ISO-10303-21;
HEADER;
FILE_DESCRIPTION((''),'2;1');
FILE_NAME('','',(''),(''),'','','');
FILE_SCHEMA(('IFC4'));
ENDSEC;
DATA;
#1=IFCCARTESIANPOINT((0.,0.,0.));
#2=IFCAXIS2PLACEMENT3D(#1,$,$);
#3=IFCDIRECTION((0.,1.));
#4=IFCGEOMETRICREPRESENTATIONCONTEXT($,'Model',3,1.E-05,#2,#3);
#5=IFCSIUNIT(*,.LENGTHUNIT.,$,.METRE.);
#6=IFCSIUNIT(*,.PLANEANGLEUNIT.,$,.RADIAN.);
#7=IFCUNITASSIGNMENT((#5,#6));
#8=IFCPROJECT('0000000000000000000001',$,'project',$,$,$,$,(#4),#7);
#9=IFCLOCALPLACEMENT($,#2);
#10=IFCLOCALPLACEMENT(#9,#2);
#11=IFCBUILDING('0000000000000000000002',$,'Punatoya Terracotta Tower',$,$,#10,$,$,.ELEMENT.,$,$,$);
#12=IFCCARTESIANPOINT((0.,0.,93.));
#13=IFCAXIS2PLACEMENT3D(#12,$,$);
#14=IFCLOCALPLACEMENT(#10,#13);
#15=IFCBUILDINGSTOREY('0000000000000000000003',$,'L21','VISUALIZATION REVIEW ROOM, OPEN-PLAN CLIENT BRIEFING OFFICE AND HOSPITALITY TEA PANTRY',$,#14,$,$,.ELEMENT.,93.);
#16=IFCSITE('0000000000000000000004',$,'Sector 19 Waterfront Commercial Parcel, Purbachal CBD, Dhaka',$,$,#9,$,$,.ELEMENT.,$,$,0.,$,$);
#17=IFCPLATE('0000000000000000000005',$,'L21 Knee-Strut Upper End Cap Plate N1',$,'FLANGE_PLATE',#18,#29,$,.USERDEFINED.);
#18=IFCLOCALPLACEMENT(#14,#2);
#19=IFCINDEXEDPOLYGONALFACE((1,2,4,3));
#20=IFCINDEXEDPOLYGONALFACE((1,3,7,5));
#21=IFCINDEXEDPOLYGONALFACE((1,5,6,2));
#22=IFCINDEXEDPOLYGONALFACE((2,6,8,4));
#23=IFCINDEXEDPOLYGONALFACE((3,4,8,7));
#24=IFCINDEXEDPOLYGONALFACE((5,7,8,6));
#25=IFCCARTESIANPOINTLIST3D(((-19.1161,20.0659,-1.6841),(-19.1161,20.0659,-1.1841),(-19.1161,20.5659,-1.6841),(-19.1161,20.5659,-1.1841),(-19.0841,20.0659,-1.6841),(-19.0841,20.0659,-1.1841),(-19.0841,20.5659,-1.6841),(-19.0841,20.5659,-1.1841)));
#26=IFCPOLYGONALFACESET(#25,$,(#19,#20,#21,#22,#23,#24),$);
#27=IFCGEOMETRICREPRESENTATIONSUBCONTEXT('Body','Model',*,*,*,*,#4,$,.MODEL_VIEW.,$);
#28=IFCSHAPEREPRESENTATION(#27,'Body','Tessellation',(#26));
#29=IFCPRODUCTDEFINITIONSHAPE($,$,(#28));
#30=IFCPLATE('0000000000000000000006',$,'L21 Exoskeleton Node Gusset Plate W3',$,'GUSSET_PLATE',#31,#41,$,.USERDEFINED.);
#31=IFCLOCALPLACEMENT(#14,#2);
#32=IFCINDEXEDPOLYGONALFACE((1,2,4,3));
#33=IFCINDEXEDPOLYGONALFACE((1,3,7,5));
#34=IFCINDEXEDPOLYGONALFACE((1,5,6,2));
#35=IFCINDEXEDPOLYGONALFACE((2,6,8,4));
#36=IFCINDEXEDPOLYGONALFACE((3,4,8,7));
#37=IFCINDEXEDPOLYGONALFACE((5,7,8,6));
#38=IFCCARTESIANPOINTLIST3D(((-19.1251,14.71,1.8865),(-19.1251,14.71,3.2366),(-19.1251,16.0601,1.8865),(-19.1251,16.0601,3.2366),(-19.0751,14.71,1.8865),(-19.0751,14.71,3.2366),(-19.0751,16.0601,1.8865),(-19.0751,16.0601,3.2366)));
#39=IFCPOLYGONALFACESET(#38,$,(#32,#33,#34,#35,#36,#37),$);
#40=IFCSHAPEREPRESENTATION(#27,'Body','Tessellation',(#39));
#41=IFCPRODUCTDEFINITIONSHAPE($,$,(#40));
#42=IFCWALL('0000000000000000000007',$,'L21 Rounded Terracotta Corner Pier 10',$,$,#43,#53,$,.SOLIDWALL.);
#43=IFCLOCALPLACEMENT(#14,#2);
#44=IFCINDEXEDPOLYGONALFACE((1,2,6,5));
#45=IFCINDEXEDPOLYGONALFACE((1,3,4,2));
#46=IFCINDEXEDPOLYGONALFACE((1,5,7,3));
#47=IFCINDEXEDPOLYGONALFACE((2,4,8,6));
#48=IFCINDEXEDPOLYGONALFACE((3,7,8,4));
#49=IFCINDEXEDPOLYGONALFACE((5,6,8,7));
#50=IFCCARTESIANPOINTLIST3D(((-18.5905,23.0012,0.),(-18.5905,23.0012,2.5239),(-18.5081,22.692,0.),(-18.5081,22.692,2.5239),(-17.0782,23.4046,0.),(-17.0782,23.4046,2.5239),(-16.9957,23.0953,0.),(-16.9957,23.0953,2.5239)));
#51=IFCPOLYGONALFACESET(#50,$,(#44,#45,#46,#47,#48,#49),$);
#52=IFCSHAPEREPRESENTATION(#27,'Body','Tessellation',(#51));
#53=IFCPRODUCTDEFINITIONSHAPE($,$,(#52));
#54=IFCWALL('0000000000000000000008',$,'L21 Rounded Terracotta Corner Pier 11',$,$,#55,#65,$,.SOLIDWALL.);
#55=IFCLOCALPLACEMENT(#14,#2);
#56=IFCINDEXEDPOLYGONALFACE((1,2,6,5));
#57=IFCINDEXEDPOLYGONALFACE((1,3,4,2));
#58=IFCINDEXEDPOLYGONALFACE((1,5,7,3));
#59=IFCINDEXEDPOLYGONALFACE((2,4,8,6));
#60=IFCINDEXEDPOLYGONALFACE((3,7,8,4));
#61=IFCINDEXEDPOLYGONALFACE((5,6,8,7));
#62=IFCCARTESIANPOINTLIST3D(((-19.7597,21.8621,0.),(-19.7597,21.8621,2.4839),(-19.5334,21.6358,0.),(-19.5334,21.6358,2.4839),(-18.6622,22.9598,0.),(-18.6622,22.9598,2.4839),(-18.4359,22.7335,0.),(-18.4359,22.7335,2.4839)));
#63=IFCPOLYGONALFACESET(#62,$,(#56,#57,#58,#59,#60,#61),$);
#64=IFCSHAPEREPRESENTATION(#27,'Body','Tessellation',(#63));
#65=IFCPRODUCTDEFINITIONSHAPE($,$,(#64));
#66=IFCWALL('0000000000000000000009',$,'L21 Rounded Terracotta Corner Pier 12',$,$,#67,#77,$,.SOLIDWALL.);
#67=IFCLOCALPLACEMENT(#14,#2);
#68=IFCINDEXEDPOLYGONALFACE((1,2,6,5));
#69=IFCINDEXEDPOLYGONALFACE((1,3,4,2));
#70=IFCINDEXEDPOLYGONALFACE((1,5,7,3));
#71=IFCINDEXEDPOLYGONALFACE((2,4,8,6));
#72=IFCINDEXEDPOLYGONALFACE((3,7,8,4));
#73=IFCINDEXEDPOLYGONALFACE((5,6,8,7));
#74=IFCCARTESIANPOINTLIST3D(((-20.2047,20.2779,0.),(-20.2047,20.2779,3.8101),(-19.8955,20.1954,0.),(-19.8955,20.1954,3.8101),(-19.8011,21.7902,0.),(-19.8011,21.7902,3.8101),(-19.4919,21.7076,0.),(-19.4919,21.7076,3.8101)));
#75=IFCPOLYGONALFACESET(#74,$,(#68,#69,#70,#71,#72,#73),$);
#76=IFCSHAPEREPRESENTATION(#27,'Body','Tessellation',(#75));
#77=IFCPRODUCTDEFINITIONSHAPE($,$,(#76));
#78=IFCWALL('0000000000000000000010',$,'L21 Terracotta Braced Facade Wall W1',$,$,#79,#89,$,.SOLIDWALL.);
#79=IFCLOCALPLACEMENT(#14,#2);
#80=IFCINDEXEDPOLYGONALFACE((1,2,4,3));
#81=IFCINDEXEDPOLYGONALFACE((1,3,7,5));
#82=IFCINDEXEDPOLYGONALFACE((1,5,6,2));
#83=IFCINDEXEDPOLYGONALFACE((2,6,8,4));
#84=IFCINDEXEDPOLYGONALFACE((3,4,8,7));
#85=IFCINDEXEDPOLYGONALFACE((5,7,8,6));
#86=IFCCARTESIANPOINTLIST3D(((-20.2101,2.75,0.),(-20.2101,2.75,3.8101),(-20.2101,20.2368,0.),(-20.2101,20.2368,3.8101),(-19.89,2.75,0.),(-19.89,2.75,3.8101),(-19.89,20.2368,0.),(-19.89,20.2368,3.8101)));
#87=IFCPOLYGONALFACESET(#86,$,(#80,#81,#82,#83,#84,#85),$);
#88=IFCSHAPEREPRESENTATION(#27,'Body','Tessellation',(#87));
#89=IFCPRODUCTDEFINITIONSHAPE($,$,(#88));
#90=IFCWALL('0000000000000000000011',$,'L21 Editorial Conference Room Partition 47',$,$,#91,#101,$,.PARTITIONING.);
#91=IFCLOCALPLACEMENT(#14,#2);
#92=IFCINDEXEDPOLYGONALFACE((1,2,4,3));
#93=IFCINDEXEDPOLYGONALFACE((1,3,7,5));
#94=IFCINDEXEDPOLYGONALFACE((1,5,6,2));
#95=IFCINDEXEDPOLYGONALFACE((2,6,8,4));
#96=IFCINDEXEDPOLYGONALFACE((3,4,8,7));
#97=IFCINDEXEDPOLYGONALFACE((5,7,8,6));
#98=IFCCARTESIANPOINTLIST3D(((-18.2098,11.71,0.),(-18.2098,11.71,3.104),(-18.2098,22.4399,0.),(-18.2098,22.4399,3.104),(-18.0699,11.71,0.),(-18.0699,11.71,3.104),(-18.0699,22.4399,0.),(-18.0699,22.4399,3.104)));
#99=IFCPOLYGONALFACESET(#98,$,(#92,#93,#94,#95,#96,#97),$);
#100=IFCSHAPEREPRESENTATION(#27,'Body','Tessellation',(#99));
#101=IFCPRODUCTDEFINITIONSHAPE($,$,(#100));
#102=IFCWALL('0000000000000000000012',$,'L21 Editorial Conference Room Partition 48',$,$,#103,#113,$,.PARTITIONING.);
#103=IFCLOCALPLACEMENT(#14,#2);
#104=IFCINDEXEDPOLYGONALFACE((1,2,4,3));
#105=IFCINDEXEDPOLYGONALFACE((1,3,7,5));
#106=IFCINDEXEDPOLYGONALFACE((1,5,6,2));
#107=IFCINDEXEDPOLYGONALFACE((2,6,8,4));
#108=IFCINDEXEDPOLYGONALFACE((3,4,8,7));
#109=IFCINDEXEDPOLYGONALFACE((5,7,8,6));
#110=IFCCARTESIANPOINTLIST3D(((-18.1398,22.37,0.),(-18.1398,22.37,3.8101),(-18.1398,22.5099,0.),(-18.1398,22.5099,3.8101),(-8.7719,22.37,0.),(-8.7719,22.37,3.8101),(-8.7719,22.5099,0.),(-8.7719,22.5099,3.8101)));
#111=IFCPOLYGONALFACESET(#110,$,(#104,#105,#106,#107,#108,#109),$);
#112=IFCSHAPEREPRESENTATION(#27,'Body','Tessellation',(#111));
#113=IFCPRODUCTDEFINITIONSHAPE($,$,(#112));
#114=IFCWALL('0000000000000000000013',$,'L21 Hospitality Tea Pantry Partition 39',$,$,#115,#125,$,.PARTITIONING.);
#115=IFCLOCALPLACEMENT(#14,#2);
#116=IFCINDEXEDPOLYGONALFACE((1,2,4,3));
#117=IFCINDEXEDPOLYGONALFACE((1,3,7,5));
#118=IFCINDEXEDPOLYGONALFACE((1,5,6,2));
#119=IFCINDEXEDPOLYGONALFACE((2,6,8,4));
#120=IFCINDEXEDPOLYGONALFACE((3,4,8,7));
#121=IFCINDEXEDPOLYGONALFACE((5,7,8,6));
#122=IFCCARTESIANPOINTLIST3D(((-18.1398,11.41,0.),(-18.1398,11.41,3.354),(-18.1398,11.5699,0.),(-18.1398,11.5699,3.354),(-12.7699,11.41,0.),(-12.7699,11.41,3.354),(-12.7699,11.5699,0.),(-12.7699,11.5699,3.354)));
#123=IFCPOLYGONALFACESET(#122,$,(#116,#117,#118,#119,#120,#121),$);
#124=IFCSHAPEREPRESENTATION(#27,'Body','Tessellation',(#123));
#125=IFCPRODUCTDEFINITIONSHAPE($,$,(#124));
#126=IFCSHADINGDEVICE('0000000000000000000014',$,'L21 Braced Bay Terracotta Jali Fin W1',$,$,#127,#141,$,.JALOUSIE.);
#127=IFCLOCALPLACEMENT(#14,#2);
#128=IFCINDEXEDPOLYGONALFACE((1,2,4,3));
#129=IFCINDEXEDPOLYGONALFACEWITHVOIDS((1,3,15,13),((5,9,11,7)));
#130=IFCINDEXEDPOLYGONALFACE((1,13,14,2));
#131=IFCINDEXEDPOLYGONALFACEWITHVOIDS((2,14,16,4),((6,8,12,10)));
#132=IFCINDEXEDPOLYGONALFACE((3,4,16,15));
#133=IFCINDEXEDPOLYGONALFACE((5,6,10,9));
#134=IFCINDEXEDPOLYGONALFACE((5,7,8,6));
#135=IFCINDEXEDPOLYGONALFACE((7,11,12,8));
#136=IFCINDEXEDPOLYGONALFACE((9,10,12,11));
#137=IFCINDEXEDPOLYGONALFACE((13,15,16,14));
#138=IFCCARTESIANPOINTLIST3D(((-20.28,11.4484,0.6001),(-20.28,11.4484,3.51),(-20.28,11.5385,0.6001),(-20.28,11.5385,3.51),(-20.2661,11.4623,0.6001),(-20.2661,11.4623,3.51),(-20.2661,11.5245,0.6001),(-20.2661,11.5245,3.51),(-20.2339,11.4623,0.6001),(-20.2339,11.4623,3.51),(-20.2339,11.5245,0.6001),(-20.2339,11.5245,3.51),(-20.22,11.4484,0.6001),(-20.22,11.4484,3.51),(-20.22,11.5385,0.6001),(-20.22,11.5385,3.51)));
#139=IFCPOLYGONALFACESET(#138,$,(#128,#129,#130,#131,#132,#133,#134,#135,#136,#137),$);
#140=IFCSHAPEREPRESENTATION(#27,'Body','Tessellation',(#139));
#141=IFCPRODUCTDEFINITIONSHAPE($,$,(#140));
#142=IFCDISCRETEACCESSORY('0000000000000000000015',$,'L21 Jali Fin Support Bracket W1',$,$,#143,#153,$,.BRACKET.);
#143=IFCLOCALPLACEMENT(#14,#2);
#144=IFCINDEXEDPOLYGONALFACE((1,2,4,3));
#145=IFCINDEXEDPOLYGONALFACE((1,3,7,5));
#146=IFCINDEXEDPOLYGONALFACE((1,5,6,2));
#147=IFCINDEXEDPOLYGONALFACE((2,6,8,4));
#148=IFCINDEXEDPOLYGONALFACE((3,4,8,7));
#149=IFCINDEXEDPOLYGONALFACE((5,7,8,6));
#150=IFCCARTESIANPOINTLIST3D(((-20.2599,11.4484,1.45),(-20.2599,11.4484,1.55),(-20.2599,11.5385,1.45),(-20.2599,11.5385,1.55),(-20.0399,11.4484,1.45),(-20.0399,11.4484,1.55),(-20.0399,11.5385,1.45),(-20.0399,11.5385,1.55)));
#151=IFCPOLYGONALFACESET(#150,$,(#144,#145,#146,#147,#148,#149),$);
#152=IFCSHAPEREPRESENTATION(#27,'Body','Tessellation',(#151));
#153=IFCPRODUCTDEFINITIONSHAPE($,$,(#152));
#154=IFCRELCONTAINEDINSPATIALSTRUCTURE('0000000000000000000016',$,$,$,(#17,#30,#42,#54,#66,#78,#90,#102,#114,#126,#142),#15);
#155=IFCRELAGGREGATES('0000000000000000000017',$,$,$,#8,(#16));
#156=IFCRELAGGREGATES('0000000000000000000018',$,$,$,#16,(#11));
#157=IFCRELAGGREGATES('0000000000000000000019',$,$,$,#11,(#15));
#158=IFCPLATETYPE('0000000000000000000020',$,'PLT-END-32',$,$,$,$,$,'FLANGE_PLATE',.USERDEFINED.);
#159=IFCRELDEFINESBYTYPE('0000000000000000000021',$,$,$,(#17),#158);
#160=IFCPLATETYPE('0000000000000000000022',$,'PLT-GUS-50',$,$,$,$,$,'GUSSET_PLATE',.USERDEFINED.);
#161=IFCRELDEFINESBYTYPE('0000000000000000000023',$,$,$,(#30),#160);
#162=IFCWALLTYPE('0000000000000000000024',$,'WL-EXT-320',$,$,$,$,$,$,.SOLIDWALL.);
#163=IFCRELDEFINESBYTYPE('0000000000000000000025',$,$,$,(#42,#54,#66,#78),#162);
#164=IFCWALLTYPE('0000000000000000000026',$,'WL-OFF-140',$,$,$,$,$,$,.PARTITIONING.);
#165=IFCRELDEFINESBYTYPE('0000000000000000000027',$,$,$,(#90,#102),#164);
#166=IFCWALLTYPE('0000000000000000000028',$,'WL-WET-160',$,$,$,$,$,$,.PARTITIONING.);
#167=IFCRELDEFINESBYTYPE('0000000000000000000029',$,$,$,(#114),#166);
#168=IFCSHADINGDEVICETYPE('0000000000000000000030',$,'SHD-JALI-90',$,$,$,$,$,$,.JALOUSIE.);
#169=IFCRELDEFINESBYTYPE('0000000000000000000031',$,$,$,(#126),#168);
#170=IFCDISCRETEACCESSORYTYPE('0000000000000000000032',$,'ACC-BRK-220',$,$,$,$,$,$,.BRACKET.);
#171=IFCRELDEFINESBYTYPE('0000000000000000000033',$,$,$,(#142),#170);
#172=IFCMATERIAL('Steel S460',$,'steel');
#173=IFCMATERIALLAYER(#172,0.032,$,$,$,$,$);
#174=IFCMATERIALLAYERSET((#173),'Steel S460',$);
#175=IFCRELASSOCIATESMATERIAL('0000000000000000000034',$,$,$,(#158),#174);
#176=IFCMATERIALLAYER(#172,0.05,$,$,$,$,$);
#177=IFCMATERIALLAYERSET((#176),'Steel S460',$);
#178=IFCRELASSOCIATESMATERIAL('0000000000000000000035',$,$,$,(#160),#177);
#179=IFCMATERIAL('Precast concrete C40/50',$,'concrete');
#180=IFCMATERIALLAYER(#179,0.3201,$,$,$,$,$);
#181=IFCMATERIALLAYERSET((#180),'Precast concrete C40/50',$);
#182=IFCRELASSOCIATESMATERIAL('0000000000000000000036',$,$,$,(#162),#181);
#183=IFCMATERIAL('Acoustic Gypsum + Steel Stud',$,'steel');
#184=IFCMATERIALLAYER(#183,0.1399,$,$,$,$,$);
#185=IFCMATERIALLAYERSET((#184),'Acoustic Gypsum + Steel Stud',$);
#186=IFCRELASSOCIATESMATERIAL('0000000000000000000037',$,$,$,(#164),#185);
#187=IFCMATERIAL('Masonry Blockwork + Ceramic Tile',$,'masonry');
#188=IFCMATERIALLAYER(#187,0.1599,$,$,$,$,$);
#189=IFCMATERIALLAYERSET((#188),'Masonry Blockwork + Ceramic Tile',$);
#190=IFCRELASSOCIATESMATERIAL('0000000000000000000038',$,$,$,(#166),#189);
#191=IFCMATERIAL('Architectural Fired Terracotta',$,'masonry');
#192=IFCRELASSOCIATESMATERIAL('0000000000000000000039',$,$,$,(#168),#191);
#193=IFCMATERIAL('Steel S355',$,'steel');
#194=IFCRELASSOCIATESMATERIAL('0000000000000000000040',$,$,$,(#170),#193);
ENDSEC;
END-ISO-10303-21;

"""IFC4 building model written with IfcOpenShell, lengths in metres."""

from ifc_helpers import new_model, si_unit, direction, frame, frame_2d, origin, origin_2d, place, context, subcontext, project, spatial, rectangle, hollow_rectangle, extrude, material, layer, layer_set, material_profile, profile_set, type_object, element, save


model = new_model("IFC4")

# Units and contexts
model_context = context("Model", 3, precision=1e-05, world=origin(), true_north=direction((0.0, 1.0)))
body_context = subcontext(model_context, "Body", "Model", "MODEL_VIEW")
ifc_project = project(units=[si_unit("LENGTHUNIT", "METRE"), si_unit("PLANEANGLEUNIT", "RADIAN")], contexts=[model_context])

# Site, building, storey
site_placement = place(None, origin())
site = spatial("IfcSite", under=ifc_project, at=site_placement, Name="Sector 19 Waterfront Commercial Parcel, Purbachal CBD, Dhaka", CompositionType="ELEMENT", RefElevation=0.0)
building_placement = place(site_placement, origin())
building = spatial("IfcBuilding", under=site, at=building_placement, Name="Punatoya Terracotta Tower", CompositionType="ELEMENT")
storey_placement = place(building_placement, frame((0.0, 0.0, 93.0)))
storey = spatial("IfcBuildingStorey", under=building, at=storey_placement, Name="L21", Description="VISUALIZATION REVIEW ROOM, OPEN-PLAN CLIENT BRIEFING OFFICE AND HOSPITALITY TEA PANTRY", CompositionType="ELEMENT", Elevation=93.0)

# Shared definitions
ifc_material_1 = material(Name="Steel S460", Category="steel")

# Shared definitions
ifc_material_2 = material(Name="Steel S355", Category="steel")

# Plates
ifc_layer_1 = layer(ifc_material_1, 0.032)
ifc_layer_set_1 = layer_set([ifc_layer_1], Name="Steel S460")
plate_type_1 = type_object("IfcPlateType", Name="PLT-END-32", ElementType="FLANGE_PLATE", PredefinedType="USERDEFINED", material=ifc_layer_set_1)
plate_1_placement = place(storey_placement, frame((-19.1001, 20.3159, -1.6841), z_axis=(0.0, 0.0, 1.0), x_axis=(0.0, 1.0, 0.0)))
element("IfcPlate", 1, at=plate_1_placement, inside=storey, type_object=plate_type_1, Name="L21 Knee-Strut Upper End Cap Plate N1", ObjectType="FLANGE_PLATE", PredefinedType="USERDEFINED", context=body_context, shape_type="SweptSolid", body=[
    extrude(rectangle(XDim=0.5, YDim=0.032, at=origin_2d()), origin(), (0.0, 0.0, 1.0), 0.5),
])
ifc_layer_2 = layer(ifc_material_1, 0.05)
ifc_layer_set_2 = layer_set([ifc_layer_2], Name="Steel S460")
plate_type_2 = type_object("IfcPlateType", Name="PLT-GUS-50", ElementType="GUSSET_PLATE", PredefinedType="USERDEFINED", material=ifc_layer_set_2)
plate_2_placement = place(storey_placement, frame((-19.1001, 15.385, 1.8865), z_axis=(0.0, 0.0, 1.0), x_axis=(0.0, 1.0, 0.0)))
element("IfcPlate", 2, at=plate_2_placement, inside=storey, type_object=plate_type_2, Name="L21 Exoskeleton Node Gusset Plate W3", ObjectType="GUSSET_PLATE", PredefinedType="USERDEFINED", context=body_context, shape_type="SweptSolid", body=[
    extrude(rectangle(XDim=1.3501, YDim=0.05, at=origin_2d()), origin(), (0.0, 0.0, 1.0), 1.3501),
])

# Walls
ifc_material_3 = material(Name="Precast concrete C40/50", Category="concrete")
ifc_layer_3 = layer(ifc_material_3, 0.3201)
ifc_layer_set_3 = layer_set([ifc_layer_3], Name="Precast concrete C40/50")
wall_type_1 = type_object("IfcWallType", Name="WL-EXT-320", PredefinedType="SOLIDWALL", material=ifc_layer_set_3)
wall_1_placement = place(storey_placement, frame((-17.0369, 23.25, 0.0), z_axis=(0.0, 0.0, 1.0), x_axis=(-0.966225, -0.257701, 0.0)))
element("IfcWall", 3, at=wall_1_placement, inside=storey, type_object=wall_type_1, Name="L21 Rounded Terracotta Corner Pier 10", PredefinedType="SOLIDWALL", context=body_context, shape_type="SweptSolid", body=[
    extrude(rectangle(XDim=1.5652, YDim=0.3201, at=frame_2d((0.7827, 0.0))), origin(), (0.0, 0.0, 1.0), 2.5239),
])
wall_2_placement = place(storey_placement, frame((-18.5491, 22.8467, 0.0), z_axis=(0.0, 0.0, 1.0), x_axis=(-0.707028, -0.707185, 0.0)))
element("IfcWall", 4, at=wall_2_placement, inside=storey, type_object=wall_type_1, Name="L21 Rounded Terracotta Corner Pier 11", PredefinedType="SOLIDWALL", context=body_context, shape_type="SweptSolid", body=[
    extrude(rectangle(XDim=1.5522, YDim=0.3201, at=frame_2d((0.7761, 0.0))), origin(), (0.0, 0.0, 1.0), 2.4839),
])
wall_3_placement = place(storey_placement, frame((-19.6465, 21.749, 0.0), z_axis=(0.0, 0.0, 1.0), x_axis=(-0.257847, -0.966186, 0.0)))
element("IfcWall", 5, at=wall_3_placement, inside=storey, type_object=wall_type_1, Name="L21 Rounded Terracotta Corner Pier 12", PredefinedType="SOLIDWALL", context=body_context, shape_type="SweptSolid", body=[
    extrude(rectangle(XDim=1.5652, YDim=0.3201, at=frame_2d((0.7827, 0.0))), origin(), (0.0, 0.0, 1.0), 3.8101),
])
wall_4_placement = place(storey_placement, frame((-20.05, 20.2368, 0.0), z_axis=(0.0, 0.0, 1.0), x_axis=(0.0, -1.0, 0.0)))
element("IfcWall", 6, at=wall_4_placement, inside=storey, type_object=wall_type_1, Name="L21 Terracotta Braced Facade Wall W1", PredefinedType="SOLIDWALL", context=body_context, shape_type="SweptSolid", body=[
    extrude(rectangle(XDim=17.4868, YDim=0.3201, at=frame_2d((8.7434, 0.0))), origin(), (0.0, 0.0, 1.0), 3.8101),
])
ifc_material_4 = material(Name="Acoustic Gypsum + Steel Stud", Category="steel")
ifc_layer_4 = layer(ifc_material_4, 0.1399)
ifc_layer_set_4 = layer_set([ifc_layer_4], Name="Acoustic Gypsum + Steel Stud")
wall_type_2 = type_object("IfcWallType", Name="WL-OFF-140", PredefinedType="PARTITIONING", material=ifc_layer_set_4)
wall_5_placement = place(storey_placement, frame((-18.1399, 11.71, 0.0), z_axis=(0.0, 0.0, 1.0), x_axis=(0.0, 1.0, 0.0)))
element("IfcWall", 7, at=wall_5_placement, inside=storey, type_object=wall_type_2, Name="L21 Editorial Conference Room Partition 47", PredefinedType="PARTITIONING", context=body_context, shape_type="SweptSolid", body=[
    extrude(rectangle(XDim=10.73, YDim=0.1399, at=frame_2d((5.365, 0.0))), origin(), (0.0, 0.0, 1.0), 3.104),
])
wall_6_placement = place(storey_placement, frame((-18.1399, 22.4399, 0.0), z_axis=(0.0, 0.0, 1.0), x_axis=(1.0, 0.0, 0.0)))
element("IfcWall", 8, at=wall_6_placement, inside=storey, type_object=wall_type_2, Name="L21 Editorial Conference Room Partition 48", PredefinedType="PARTITIONING", context=body_context, shape_type="SweptSolid", body=[
    extrude(rectangle(XDim=9.3679, YDim=0.1399, at=frame_2d((4.6841, 0.0))), origin(), (0.0, 0.0, 1.0), 3.8101),
])
ifc_material_5 = material(Name="Masonry Blockwork + Ceramic Tile", Category="masonry")
ifc_layer_5 = layer(ifc_material_5, 0.1599)
ifc_layer_set_5 = layer_set([ifc_layer_5], Name="Masonry Blockwork + Ceramic Tile")
wall_type_3 = type_object("IfcWallType", Name="WL-WET-160", PredefinedType="PARTITIONING", material=ifc_layer_set_5)
wall_7_placement = place(storey_placement, frame((-18.1399, 11.49, 0.0), z_axis=(0.0, 0.0, 1.0), x_axis=(1.0, 0.0, 0.0)))
element("IfcWall", 9, at=wall_7_placement, inside=storey, type_object=wall_type_3, Name="L21 Hospitality Tea Pantry Partition 39", PredefinedType="PARTITIONING", context=body_context, shape_type="SweptSolid", body=[
    extrude(rectangle(XDim=5.3699, YDim=0.1599, at=frame_2d((2.6851, 0.0))), origin(), (0.0, 0.0, 1.0), 3.354),
])

# Shading device
ifc_material_6 = material(Name="Architectural Fired Terracotta", Category="masonry")
ifc_material_profile_1 = material_profile(ifc_material_6, hollow_rectangle(XDim=0.0601, YDim=0.0901, WallThickness=0.0139, at=origin_2d()))
ifc_profile_set_1 = profile_set([ifc_material_profile_1], Name="Architectural Fired Terracotta")
shading_device_type = type_object("IfcShadingDeviceType", Name="SHD-JALI-90", PredefinedType="JALOUSIE", material=ifc_profile_set_1)
shading_device_placement = place(storey_placement, frame((-20.25, 11.4934, 0.6001), z_axis=(0.0, 0.0, 1.0), x_axis=(1.0, 0.0, 0.0)))
element("IfcShadingDevice", 10, at=shading_device_placement, inside=storey, type_object=shading_device_type, Name="L21 Braced Bay Terracotta Jali Fin W1", PredefinedType="JALOUSIE", context=body_context, shape_type="SweptSolid", body=[
    extrude(hollow_rectangle(XDim=0.0601, YDim=0.0901, WallThickness=0.0139, at=origin_2d()), origin(), (0.0, 0.0, 1.0), 2.9099),
])

# Discrete accessory
discrete_accessory_type = type_object("IfcDiscreteAccessoryType", Name="ACC-BRK-220", PredefinedType="BRACKET", material=ifc_material_2)
discrete_accessory_placement = place(storey_placement, frame((-20.1499, 11.4934, 1.45), z_axis=(0.0, 0.0, 1.0), x_axis=(0.0, -1.0, 0.0)))
element("IfcDiscreteAccessory", 11, at=discrete_accessory_placement, inside=storey, type_object=discrete_accessory_type, Name="L21 Jali Fin Support Bracket W1", PredefinedType="BRACKET", context=body_context, shape_type="SweptSolid", body=[
    extrude(rectangle(XDim=0.0901, YDim=0.22, at=origin_2d()), origin(), (0.0, 0.0, 1.0), 0.1001),
])

save(model, "model.ifc")
